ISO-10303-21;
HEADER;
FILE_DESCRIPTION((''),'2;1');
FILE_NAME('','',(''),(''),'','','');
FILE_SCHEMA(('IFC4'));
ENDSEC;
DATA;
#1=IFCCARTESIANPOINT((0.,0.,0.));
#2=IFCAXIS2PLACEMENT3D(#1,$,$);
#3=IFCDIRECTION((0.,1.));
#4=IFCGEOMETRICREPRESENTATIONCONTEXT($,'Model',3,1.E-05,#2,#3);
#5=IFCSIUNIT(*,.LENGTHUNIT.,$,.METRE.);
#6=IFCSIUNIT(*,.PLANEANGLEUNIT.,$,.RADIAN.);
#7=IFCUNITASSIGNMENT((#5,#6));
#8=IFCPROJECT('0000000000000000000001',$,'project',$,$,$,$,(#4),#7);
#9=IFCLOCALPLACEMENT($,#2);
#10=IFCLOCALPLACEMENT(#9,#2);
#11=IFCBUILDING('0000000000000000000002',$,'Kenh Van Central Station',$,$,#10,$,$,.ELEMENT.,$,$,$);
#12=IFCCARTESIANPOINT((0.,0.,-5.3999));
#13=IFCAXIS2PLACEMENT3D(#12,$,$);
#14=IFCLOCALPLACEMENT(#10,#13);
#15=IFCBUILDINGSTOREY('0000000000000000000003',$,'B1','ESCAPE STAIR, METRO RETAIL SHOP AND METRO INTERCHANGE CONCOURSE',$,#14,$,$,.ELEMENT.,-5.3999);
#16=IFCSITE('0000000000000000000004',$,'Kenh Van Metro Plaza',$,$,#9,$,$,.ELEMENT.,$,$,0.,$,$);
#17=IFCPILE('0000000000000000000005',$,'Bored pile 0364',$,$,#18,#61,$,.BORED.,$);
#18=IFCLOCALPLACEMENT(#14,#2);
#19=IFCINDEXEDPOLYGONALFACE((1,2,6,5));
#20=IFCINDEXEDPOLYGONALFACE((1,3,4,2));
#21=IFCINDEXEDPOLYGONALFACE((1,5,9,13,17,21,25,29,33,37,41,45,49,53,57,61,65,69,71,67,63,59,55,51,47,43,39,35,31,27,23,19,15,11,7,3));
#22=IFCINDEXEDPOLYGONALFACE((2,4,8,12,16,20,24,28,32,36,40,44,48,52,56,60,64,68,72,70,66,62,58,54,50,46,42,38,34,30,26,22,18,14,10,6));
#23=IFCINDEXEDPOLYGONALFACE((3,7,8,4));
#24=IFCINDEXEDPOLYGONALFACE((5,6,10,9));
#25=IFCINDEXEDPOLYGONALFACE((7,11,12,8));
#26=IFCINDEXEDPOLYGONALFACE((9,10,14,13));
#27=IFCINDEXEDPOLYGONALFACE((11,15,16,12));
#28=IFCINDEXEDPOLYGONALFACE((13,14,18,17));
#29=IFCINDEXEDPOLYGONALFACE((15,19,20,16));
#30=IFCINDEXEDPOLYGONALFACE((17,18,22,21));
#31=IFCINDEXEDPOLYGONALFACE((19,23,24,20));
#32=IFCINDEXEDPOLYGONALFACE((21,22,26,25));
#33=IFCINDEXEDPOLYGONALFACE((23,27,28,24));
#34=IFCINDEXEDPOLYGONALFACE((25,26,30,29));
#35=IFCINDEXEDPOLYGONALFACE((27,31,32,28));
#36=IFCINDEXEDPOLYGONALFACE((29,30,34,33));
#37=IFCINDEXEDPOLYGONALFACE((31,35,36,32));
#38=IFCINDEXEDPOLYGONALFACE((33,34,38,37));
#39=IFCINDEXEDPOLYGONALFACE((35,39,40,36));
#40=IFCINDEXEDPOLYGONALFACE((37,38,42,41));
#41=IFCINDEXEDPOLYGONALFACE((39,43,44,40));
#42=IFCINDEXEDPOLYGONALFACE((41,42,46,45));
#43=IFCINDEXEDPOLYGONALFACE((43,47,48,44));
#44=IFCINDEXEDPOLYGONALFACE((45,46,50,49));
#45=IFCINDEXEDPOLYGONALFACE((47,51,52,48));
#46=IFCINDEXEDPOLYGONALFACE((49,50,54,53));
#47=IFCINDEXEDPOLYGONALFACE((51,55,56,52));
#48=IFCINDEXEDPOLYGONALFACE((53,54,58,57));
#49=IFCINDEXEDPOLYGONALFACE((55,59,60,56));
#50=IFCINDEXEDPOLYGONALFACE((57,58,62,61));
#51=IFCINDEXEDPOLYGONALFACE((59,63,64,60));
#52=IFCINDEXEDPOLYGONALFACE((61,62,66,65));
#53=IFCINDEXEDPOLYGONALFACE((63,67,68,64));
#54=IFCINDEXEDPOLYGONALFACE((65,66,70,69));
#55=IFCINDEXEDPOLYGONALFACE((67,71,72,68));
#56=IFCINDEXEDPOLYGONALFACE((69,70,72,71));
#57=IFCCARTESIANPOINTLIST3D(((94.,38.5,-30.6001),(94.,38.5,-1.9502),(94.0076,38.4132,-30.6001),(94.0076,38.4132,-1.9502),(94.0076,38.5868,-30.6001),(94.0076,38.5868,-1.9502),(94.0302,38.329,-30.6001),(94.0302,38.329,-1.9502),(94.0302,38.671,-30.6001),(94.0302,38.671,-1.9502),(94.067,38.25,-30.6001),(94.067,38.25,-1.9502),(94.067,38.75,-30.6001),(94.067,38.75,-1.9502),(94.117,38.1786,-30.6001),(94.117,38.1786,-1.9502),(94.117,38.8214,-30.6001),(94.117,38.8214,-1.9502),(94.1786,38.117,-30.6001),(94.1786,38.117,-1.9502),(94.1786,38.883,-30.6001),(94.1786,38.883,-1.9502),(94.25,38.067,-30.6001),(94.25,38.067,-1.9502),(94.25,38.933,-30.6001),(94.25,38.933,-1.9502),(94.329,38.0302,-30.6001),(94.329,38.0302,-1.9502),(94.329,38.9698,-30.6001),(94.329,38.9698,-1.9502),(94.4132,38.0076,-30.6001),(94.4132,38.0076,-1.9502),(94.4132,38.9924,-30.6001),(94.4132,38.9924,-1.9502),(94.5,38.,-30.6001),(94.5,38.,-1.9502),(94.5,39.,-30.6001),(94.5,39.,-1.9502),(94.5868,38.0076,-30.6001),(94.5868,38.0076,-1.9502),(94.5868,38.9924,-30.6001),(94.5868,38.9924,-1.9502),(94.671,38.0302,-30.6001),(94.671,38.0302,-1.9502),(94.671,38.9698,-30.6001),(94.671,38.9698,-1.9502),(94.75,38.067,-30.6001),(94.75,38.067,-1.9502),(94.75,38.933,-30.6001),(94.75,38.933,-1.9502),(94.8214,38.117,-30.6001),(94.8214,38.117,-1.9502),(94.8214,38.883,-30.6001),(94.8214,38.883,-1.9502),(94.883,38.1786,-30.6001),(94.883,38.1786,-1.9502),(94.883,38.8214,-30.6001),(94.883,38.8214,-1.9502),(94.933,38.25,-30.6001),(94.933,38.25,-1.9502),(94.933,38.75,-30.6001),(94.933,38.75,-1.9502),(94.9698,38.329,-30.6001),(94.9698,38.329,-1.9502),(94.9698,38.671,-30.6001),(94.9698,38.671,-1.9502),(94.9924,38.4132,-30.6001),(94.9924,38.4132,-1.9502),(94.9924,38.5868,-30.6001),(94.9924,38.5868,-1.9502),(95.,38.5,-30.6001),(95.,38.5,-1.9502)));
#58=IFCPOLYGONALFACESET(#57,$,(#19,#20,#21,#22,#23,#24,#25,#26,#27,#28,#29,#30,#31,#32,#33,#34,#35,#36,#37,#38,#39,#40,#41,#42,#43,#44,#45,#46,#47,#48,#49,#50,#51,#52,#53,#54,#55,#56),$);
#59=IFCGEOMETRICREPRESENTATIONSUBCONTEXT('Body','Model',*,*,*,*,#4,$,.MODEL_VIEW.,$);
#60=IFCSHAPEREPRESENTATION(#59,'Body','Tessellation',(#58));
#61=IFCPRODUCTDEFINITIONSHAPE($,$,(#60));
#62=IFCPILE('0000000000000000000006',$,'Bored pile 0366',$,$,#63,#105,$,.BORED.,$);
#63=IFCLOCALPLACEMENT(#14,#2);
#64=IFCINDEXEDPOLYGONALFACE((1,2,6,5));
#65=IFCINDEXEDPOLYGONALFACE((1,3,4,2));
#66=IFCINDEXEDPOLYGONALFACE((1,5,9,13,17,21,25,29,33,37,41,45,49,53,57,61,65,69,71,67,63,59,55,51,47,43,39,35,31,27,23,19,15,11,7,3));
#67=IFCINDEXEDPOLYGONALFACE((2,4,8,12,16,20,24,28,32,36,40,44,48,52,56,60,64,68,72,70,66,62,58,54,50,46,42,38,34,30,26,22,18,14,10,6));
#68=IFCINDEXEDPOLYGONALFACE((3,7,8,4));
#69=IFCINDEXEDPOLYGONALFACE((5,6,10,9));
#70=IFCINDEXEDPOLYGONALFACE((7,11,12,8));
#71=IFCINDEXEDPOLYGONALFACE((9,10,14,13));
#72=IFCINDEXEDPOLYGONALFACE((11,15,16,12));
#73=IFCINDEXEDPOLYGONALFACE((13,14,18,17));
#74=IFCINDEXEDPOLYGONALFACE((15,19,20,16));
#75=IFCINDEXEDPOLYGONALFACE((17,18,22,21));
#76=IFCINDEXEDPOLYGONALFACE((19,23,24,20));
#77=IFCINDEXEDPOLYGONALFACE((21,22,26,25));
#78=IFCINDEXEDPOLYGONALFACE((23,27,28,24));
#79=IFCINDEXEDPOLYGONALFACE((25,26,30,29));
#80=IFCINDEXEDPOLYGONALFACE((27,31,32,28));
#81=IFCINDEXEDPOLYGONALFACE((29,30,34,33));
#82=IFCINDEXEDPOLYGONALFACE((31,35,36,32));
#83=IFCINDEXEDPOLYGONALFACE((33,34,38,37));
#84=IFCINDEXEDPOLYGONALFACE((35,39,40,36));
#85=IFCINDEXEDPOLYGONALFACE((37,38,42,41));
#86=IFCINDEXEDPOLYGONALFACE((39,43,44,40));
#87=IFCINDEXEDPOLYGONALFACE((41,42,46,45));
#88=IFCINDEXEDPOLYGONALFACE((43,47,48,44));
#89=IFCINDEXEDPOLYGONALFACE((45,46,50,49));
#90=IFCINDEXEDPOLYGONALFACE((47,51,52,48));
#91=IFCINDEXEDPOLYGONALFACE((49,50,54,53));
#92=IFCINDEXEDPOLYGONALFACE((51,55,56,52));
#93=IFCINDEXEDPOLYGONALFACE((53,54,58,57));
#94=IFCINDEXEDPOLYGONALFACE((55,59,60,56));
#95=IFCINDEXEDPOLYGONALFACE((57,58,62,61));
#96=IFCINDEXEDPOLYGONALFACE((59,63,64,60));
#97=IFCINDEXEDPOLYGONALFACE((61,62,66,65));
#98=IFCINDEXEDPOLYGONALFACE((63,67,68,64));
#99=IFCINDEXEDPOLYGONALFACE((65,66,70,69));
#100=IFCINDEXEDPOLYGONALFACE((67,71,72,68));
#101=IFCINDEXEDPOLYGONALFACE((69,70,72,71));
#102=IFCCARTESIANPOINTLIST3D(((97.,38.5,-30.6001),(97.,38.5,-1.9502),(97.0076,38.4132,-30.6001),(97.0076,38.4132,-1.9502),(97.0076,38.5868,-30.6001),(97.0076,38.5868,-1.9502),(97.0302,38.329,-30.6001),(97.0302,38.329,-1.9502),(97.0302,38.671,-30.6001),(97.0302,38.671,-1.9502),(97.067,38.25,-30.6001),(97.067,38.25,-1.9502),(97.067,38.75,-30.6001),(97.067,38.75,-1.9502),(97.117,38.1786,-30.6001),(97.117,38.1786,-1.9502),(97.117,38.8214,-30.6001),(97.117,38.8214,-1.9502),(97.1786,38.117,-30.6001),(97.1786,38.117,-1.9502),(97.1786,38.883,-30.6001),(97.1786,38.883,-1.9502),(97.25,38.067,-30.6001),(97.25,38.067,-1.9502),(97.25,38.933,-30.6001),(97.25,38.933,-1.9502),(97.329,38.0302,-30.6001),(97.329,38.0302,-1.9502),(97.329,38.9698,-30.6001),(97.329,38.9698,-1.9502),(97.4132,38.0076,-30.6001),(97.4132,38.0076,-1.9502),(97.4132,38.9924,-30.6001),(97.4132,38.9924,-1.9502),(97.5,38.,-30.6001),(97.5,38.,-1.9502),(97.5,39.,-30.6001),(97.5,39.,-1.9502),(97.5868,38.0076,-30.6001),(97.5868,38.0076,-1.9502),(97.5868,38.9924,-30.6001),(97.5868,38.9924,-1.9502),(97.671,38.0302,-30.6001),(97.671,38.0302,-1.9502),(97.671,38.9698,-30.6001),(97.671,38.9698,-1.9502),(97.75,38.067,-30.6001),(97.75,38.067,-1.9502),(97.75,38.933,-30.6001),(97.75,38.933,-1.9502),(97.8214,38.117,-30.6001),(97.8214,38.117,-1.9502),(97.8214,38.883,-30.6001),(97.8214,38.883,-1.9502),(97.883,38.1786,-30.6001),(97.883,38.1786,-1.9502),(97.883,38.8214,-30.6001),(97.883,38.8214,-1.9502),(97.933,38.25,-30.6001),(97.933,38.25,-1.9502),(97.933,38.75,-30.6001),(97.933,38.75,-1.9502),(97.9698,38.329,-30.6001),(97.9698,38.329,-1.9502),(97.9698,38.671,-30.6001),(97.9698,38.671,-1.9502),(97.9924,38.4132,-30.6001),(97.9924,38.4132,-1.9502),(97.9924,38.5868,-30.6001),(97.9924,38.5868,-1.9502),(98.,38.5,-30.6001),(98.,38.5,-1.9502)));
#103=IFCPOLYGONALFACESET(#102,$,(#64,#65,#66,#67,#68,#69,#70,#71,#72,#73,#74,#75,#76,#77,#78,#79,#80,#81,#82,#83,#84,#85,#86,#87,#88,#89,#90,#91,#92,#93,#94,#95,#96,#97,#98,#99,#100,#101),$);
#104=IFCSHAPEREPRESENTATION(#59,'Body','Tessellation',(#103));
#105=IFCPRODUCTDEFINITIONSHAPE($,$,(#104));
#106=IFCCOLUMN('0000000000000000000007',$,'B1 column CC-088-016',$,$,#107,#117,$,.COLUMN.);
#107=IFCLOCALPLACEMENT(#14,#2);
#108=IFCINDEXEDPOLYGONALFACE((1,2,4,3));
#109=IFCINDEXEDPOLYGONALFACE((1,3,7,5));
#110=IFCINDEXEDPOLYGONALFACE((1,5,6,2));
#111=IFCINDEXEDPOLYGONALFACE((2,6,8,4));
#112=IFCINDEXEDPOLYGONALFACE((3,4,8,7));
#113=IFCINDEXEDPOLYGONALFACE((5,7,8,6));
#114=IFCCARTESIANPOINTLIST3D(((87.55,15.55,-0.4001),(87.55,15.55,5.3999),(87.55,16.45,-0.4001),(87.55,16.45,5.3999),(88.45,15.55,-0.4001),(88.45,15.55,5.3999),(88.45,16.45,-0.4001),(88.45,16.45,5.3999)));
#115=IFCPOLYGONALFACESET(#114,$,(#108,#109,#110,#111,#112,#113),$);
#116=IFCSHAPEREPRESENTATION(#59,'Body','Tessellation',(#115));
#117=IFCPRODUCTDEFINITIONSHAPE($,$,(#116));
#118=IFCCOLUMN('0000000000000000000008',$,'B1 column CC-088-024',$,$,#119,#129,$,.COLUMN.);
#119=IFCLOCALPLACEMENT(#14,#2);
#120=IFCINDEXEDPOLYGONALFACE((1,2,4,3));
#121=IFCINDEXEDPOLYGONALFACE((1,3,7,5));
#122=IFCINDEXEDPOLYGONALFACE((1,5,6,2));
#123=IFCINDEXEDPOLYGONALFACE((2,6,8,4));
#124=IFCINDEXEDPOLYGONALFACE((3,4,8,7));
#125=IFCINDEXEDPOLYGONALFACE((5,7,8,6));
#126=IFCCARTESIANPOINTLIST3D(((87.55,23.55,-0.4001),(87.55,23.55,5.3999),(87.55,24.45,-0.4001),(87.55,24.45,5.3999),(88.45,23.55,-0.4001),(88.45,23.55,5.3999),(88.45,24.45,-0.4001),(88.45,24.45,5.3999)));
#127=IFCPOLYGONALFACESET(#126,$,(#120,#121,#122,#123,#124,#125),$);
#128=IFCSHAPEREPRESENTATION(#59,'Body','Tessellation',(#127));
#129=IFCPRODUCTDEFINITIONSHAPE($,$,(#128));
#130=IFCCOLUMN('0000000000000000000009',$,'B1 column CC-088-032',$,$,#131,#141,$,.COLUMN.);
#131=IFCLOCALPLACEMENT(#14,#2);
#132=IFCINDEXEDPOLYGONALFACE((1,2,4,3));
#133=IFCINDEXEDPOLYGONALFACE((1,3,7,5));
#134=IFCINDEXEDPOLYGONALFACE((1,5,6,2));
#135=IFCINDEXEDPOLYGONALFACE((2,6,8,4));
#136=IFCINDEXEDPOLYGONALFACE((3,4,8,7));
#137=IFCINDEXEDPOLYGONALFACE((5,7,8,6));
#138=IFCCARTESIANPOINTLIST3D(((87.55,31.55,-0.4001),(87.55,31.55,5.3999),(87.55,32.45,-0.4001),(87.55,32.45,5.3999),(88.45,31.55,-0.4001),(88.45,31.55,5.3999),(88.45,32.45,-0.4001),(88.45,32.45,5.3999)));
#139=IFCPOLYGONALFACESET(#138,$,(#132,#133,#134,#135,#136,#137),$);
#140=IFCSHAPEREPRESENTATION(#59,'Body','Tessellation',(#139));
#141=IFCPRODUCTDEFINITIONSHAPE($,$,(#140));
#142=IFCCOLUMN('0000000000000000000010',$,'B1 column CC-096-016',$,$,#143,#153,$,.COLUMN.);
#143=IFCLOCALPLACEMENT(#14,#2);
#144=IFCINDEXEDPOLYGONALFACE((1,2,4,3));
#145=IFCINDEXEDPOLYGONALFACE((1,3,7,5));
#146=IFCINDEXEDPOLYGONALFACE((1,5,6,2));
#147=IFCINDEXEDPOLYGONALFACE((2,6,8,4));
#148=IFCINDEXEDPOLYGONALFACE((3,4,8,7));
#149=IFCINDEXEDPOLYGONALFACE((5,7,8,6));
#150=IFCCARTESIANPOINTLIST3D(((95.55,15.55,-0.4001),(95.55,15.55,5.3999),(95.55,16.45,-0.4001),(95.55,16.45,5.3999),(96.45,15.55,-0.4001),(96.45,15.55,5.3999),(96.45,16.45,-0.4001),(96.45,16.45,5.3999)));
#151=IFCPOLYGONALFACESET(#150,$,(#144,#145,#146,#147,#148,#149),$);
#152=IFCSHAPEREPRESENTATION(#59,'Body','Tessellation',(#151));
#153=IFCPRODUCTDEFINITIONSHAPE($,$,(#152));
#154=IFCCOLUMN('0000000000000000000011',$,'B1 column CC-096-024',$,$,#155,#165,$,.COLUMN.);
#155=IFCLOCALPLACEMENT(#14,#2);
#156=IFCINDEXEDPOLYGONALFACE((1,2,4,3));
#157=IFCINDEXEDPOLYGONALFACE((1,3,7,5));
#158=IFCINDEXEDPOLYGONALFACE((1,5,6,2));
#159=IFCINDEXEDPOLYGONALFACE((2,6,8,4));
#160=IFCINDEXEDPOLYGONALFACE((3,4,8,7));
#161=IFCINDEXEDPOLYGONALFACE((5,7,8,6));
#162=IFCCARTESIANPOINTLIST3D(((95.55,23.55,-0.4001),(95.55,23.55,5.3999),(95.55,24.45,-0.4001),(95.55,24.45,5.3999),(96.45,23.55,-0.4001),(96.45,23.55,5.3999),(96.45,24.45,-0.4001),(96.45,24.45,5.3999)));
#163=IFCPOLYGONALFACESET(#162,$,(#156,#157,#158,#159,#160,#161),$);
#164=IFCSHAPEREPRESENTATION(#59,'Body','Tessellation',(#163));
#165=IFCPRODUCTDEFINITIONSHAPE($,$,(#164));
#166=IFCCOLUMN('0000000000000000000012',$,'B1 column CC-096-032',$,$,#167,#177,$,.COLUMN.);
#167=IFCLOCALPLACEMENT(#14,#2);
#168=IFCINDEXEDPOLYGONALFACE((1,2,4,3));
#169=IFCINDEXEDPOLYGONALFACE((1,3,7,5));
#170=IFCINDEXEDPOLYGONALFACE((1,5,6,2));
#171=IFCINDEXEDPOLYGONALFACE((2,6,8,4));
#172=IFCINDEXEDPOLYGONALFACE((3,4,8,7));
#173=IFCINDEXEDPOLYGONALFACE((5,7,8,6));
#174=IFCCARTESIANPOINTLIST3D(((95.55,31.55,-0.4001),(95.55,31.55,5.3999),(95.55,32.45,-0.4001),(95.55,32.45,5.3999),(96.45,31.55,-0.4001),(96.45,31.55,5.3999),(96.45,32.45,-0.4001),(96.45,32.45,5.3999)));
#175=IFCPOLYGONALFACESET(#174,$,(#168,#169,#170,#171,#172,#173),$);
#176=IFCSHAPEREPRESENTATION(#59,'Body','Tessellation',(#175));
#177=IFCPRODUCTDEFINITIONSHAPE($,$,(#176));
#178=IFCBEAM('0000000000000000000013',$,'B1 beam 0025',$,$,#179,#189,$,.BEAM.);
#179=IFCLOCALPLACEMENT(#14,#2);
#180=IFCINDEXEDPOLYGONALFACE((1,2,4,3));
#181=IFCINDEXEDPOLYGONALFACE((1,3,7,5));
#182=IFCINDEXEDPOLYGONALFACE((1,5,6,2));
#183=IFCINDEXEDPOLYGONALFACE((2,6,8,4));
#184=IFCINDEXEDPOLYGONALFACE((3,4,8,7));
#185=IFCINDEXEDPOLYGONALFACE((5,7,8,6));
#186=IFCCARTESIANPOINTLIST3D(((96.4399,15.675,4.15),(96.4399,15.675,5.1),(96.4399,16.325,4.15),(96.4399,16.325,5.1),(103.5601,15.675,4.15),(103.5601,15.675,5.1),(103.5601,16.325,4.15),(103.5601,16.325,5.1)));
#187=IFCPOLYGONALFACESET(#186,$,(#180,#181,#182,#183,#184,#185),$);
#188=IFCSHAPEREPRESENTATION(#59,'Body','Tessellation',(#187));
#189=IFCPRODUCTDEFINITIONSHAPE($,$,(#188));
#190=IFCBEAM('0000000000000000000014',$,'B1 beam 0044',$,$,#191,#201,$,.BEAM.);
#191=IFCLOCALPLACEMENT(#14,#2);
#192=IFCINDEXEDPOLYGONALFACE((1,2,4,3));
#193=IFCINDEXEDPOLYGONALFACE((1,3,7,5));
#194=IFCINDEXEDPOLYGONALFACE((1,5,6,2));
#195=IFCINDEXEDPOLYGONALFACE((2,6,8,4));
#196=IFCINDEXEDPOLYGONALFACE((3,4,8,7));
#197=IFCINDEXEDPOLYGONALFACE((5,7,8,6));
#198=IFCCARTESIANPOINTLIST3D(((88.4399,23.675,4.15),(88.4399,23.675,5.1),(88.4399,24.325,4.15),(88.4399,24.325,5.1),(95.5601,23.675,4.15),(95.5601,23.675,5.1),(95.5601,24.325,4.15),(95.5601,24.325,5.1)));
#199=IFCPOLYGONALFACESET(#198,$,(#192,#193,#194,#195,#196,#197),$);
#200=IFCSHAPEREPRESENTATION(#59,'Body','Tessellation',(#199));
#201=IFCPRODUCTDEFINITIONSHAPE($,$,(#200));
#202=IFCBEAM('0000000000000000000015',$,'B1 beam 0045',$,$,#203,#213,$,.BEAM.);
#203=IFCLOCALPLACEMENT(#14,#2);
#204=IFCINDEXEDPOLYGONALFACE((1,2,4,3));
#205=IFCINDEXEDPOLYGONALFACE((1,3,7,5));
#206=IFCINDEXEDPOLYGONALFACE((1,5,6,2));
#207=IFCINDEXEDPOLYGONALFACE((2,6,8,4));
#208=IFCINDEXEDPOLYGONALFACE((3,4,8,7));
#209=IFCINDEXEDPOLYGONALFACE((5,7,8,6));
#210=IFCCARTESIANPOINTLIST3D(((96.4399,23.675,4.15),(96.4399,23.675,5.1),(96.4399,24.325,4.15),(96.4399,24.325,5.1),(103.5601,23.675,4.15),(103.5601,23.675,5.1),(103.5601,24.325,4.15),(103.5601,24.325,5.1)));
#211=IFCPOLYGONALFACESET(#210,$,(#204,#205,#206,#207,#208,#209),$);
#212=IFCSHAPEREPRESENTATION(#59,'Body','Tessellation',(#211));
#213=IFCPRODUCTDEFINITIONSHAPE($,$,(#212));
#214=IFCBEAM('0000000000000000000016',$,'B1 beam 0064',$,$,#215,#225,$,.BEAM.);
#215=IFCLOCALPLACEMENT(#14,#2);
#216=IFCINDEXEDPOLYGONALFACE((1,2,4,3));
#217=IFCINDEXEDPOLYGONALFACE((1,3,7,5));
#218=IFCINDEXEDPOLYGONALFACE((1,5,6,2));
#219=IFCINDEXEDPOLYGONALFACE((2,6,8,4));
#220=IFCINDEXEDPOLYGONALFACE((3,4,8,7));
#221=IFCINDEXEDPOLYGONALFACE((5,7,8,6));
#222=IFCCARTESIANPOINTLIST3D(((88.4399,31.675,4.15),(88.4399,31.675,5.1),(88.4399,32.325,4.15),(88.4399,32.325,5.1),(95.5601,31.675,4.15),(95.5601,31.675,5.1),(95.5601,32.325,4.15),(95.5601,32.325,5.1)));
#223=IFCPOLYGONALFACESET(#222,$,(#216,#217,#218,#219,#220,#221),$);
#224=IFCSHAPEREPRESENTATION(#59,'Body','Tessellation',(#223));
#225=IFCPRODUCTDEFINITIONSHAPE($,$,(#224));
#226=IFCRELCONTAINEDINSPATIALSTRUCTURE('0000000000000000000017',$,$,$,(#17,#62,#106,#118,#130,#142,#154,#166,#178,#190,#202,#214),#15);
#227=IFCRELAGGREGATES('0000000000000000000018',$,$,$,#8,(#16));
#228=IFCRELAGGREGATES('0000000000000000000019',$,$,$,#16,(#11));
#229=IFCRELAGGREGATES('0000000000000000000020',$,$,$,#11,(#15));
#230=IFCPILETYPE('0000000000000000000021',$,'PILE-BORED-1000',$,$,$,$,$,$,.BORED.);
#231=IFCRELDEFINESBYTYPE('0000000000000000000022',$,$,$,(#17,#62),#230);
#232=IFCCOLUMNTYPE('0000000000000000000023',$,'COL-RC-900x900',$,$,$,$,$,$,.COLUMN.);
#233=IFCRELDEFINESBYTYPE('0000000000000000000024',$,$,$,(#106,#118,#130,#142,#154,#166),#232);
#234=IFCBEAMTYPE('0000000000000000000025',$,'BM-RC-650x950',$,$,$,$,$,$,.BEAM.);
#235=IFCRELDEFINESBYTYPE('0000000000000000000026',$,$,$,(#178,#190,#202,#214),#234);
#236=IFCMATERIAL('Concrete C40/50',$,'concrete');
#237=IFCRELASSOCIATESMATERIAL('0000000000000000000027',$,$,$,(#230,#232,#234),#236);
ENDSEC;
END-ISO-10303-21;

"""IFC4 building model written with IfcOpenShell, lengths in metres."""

from ifc_helpers import new_model, si_unit, direction, frame, origin, origin_2d, place, context, subcontext, project, spatial, rectangle, circle, extrude, material, material_profile, profile_set, type_object, element, save


model = new_model("IFC4")

# Units and contexts
model_context = context("Model", 3, precision=1e-05, world=origin(), true_north=direction((0.0, 1.0)))
body_context = subcontext(model_context, "Body", "Model", "MODEL_VIEW")
ifc_project = project(units=[si_unit("LENGTHUNIT", "METRE"), si_unit("PLANEANGLEUNIT", "RADIAN")], contexts=[model_context])

# Site, building, storey
site_placement = place(None, origin())
site = spatial("IfcSite", under=ifc_project, at=site_placement, Name="Kenh Van Metro Plaza", CompositionType="ELEMENT", RefElevation=0.0)
building_placement = place(site_placement, origin())
building = spatial("IfcBuilding", under=site, at=building_placement, Name="Kenh Van Central Station", CompositionType="ELEMENT")
storey_placement = place(building_placement, frame((0.0, 0.0, -5.3999)))
storey = spatial("IfcBuildingStorey", under=building, at=storey_placement, Name="B1", Description="ESCAPE STAIR, METRO RETAIL SHOP AND METRO INTERCHANGE CONCOURSE", CompositionType="ELEMENT", Elevation=-5.3999)

# Shared definitions
ifc_material = material(Name="Concrete C40/50", Category="concrete")

# Piles
ifc_material_profile_1 = material_profile(ifc_material, circle(Radius=0.5, at=origin_2d()), Name="PILE D1000")
ifc_profile_set_1 = profile_set([ifc_material_profile_1], Name="Concrete C40/50")
pile_type = type_object("IfcPileType", Name="PILE-BORED-1000", PredefinedType="BORED", material=ifc_profile_set_1)
for number, where, z_axis, x_axis, name in (
    (1, (94.5, 38.5, -1.9502), (0.0, 0.0, -1.0), (1.0, 0.0, 0.0), "Bored pile 0364"),
    (2, (97.5, 38.5, -1.9502), (0.0, 0.0, -1.0), (1.0, 0.0, 0.0), "Bored pile 0366"),
):
    element("IfcPile", number, at=place(storey_placement, frame(where, z_axis=z_axis, x_axis=x_axis)), inside=storey, type_object=pile_type, Name=name, PredefinedType="BORED", context=body_context, shape_type="SweptSolid", body=[
        extrude(circle(Radius=0.5, at=origin_2d()), origin(), (0.0, 0.0, 1.0), 28.6499),
    ])

# Columns
ifc_material_profile_2 = material_profile(ifc_material, rectangle(XDim=0.8999, YDim=0.8999, at=origin_2d()), Name="RC 900x900")
ifc_profile_set_2 = profile_set([ifc_material_profile_2], Name="Concrete C40/50")
column_type = type_object("IfcColumnType", Name="COL-RC-900x900", PredefinedType="COLUMN", material=ifc_profile_set_2)
for number, where, z_axis, x_axis, name in (
    (3, (88.0, 16.0, -0.4001), (0.0, 0.0, 1.0), (1.0, 0.0, 0.0), "B1 column CC-088-016"),
    (4, (88.0, 24.0, -0.4001), (0.0, 0.0, 1.0), (1.0, 0.0, 0.0), "B1 column CC-088-024"),
    (5, (88.0, 32.0, -0.4001), (0.0, 0.0, 1.0), (1.0, 0.0, 0.0), "B1 column CC-088-032"),
    (6, (96.0, 16.0, -0.4001), (0.0, 0.0, 1.0), (1.0, 0.0, 0.0), "B1 column CC-096-016"),
    (7, (96.0, 24.0, -0.4001), (0.0, 0.0, 1.0), (1.0, 0.0, 0.0), "B1 column CC-096-024"),
    (8, (96.0, 32.0, -0.4001), (0.0, 0.0, 1.0), (1.0, 0.0, 0.0), "B1 column CC-096-032"),
):
    element("IfcColumn", number, at=place(storey_placement, frame(where, z_axis=z_axis, x_axis=x_axis)), inside=storey, type_object=column_type, Name=name, PredefinedType="COLUMN", context=body_context, shape_type="SweptSolid", body=[
        extrude(rectangle(XDim=0.8999, YDim=0.8999, at=origin_2d()), origin(), (0.0, 0.0, 1.0), 5.8),
    ])

# Beams
ifc_material_profile_3 = material_profile(ifc_material, rectangle(XDim=0.6499, YDim=0.95, at=origin_2d()), Name="RC 650x950")
ifc_profile_set_3 = profile_set([ifc_material_profile_3], Name="Concrete C40/50")
beam_type = type_object("IfcBeamType", Name="BM-RC-650x950", PredefinedType="BEAM", material=ifc_profile_set_3)
for number, where, z_axis, x_axis, name in (
    (9, (96.4399, 16.0, 4.625), (1.0, 0.0, 0.0), (0.0, 1.0, 0.0), "B1 beam 0025"),
    (10, (88.4399, 24.0, 4.625), (1.0, 0.0, 0.0), (0.0, 1.0, 0.0), "B1 beam 0044"),
    (11, (96.4399, 24.0, 4.625), (1.0, 0.0, 0.0), (0.0, 1.0, 0.0), "B1 beam 0045"),
    (12, (88.4399, 32.0, 4.625), (1.0, 0.0, 0.0), (0.0, 1.0, 0.0), "B1 beam 0064"),
):
    element("IfcBeam", number, at=place(storey_placement, frame(where, z_axis=z_axis, x_axis=x_axis)), inside=storey, type_object=beam_type, Name=name, PredefinedType="BEAM", context=body_context, shape_type="SweptSolid", body=[
        extrude(rectangle(XDim=0.6499, YDim=0.95, at=origin_2d()), origin(), (0.0, 0.0, 1.0), 7.1201),
    ])

save(model, "model.ifc")
